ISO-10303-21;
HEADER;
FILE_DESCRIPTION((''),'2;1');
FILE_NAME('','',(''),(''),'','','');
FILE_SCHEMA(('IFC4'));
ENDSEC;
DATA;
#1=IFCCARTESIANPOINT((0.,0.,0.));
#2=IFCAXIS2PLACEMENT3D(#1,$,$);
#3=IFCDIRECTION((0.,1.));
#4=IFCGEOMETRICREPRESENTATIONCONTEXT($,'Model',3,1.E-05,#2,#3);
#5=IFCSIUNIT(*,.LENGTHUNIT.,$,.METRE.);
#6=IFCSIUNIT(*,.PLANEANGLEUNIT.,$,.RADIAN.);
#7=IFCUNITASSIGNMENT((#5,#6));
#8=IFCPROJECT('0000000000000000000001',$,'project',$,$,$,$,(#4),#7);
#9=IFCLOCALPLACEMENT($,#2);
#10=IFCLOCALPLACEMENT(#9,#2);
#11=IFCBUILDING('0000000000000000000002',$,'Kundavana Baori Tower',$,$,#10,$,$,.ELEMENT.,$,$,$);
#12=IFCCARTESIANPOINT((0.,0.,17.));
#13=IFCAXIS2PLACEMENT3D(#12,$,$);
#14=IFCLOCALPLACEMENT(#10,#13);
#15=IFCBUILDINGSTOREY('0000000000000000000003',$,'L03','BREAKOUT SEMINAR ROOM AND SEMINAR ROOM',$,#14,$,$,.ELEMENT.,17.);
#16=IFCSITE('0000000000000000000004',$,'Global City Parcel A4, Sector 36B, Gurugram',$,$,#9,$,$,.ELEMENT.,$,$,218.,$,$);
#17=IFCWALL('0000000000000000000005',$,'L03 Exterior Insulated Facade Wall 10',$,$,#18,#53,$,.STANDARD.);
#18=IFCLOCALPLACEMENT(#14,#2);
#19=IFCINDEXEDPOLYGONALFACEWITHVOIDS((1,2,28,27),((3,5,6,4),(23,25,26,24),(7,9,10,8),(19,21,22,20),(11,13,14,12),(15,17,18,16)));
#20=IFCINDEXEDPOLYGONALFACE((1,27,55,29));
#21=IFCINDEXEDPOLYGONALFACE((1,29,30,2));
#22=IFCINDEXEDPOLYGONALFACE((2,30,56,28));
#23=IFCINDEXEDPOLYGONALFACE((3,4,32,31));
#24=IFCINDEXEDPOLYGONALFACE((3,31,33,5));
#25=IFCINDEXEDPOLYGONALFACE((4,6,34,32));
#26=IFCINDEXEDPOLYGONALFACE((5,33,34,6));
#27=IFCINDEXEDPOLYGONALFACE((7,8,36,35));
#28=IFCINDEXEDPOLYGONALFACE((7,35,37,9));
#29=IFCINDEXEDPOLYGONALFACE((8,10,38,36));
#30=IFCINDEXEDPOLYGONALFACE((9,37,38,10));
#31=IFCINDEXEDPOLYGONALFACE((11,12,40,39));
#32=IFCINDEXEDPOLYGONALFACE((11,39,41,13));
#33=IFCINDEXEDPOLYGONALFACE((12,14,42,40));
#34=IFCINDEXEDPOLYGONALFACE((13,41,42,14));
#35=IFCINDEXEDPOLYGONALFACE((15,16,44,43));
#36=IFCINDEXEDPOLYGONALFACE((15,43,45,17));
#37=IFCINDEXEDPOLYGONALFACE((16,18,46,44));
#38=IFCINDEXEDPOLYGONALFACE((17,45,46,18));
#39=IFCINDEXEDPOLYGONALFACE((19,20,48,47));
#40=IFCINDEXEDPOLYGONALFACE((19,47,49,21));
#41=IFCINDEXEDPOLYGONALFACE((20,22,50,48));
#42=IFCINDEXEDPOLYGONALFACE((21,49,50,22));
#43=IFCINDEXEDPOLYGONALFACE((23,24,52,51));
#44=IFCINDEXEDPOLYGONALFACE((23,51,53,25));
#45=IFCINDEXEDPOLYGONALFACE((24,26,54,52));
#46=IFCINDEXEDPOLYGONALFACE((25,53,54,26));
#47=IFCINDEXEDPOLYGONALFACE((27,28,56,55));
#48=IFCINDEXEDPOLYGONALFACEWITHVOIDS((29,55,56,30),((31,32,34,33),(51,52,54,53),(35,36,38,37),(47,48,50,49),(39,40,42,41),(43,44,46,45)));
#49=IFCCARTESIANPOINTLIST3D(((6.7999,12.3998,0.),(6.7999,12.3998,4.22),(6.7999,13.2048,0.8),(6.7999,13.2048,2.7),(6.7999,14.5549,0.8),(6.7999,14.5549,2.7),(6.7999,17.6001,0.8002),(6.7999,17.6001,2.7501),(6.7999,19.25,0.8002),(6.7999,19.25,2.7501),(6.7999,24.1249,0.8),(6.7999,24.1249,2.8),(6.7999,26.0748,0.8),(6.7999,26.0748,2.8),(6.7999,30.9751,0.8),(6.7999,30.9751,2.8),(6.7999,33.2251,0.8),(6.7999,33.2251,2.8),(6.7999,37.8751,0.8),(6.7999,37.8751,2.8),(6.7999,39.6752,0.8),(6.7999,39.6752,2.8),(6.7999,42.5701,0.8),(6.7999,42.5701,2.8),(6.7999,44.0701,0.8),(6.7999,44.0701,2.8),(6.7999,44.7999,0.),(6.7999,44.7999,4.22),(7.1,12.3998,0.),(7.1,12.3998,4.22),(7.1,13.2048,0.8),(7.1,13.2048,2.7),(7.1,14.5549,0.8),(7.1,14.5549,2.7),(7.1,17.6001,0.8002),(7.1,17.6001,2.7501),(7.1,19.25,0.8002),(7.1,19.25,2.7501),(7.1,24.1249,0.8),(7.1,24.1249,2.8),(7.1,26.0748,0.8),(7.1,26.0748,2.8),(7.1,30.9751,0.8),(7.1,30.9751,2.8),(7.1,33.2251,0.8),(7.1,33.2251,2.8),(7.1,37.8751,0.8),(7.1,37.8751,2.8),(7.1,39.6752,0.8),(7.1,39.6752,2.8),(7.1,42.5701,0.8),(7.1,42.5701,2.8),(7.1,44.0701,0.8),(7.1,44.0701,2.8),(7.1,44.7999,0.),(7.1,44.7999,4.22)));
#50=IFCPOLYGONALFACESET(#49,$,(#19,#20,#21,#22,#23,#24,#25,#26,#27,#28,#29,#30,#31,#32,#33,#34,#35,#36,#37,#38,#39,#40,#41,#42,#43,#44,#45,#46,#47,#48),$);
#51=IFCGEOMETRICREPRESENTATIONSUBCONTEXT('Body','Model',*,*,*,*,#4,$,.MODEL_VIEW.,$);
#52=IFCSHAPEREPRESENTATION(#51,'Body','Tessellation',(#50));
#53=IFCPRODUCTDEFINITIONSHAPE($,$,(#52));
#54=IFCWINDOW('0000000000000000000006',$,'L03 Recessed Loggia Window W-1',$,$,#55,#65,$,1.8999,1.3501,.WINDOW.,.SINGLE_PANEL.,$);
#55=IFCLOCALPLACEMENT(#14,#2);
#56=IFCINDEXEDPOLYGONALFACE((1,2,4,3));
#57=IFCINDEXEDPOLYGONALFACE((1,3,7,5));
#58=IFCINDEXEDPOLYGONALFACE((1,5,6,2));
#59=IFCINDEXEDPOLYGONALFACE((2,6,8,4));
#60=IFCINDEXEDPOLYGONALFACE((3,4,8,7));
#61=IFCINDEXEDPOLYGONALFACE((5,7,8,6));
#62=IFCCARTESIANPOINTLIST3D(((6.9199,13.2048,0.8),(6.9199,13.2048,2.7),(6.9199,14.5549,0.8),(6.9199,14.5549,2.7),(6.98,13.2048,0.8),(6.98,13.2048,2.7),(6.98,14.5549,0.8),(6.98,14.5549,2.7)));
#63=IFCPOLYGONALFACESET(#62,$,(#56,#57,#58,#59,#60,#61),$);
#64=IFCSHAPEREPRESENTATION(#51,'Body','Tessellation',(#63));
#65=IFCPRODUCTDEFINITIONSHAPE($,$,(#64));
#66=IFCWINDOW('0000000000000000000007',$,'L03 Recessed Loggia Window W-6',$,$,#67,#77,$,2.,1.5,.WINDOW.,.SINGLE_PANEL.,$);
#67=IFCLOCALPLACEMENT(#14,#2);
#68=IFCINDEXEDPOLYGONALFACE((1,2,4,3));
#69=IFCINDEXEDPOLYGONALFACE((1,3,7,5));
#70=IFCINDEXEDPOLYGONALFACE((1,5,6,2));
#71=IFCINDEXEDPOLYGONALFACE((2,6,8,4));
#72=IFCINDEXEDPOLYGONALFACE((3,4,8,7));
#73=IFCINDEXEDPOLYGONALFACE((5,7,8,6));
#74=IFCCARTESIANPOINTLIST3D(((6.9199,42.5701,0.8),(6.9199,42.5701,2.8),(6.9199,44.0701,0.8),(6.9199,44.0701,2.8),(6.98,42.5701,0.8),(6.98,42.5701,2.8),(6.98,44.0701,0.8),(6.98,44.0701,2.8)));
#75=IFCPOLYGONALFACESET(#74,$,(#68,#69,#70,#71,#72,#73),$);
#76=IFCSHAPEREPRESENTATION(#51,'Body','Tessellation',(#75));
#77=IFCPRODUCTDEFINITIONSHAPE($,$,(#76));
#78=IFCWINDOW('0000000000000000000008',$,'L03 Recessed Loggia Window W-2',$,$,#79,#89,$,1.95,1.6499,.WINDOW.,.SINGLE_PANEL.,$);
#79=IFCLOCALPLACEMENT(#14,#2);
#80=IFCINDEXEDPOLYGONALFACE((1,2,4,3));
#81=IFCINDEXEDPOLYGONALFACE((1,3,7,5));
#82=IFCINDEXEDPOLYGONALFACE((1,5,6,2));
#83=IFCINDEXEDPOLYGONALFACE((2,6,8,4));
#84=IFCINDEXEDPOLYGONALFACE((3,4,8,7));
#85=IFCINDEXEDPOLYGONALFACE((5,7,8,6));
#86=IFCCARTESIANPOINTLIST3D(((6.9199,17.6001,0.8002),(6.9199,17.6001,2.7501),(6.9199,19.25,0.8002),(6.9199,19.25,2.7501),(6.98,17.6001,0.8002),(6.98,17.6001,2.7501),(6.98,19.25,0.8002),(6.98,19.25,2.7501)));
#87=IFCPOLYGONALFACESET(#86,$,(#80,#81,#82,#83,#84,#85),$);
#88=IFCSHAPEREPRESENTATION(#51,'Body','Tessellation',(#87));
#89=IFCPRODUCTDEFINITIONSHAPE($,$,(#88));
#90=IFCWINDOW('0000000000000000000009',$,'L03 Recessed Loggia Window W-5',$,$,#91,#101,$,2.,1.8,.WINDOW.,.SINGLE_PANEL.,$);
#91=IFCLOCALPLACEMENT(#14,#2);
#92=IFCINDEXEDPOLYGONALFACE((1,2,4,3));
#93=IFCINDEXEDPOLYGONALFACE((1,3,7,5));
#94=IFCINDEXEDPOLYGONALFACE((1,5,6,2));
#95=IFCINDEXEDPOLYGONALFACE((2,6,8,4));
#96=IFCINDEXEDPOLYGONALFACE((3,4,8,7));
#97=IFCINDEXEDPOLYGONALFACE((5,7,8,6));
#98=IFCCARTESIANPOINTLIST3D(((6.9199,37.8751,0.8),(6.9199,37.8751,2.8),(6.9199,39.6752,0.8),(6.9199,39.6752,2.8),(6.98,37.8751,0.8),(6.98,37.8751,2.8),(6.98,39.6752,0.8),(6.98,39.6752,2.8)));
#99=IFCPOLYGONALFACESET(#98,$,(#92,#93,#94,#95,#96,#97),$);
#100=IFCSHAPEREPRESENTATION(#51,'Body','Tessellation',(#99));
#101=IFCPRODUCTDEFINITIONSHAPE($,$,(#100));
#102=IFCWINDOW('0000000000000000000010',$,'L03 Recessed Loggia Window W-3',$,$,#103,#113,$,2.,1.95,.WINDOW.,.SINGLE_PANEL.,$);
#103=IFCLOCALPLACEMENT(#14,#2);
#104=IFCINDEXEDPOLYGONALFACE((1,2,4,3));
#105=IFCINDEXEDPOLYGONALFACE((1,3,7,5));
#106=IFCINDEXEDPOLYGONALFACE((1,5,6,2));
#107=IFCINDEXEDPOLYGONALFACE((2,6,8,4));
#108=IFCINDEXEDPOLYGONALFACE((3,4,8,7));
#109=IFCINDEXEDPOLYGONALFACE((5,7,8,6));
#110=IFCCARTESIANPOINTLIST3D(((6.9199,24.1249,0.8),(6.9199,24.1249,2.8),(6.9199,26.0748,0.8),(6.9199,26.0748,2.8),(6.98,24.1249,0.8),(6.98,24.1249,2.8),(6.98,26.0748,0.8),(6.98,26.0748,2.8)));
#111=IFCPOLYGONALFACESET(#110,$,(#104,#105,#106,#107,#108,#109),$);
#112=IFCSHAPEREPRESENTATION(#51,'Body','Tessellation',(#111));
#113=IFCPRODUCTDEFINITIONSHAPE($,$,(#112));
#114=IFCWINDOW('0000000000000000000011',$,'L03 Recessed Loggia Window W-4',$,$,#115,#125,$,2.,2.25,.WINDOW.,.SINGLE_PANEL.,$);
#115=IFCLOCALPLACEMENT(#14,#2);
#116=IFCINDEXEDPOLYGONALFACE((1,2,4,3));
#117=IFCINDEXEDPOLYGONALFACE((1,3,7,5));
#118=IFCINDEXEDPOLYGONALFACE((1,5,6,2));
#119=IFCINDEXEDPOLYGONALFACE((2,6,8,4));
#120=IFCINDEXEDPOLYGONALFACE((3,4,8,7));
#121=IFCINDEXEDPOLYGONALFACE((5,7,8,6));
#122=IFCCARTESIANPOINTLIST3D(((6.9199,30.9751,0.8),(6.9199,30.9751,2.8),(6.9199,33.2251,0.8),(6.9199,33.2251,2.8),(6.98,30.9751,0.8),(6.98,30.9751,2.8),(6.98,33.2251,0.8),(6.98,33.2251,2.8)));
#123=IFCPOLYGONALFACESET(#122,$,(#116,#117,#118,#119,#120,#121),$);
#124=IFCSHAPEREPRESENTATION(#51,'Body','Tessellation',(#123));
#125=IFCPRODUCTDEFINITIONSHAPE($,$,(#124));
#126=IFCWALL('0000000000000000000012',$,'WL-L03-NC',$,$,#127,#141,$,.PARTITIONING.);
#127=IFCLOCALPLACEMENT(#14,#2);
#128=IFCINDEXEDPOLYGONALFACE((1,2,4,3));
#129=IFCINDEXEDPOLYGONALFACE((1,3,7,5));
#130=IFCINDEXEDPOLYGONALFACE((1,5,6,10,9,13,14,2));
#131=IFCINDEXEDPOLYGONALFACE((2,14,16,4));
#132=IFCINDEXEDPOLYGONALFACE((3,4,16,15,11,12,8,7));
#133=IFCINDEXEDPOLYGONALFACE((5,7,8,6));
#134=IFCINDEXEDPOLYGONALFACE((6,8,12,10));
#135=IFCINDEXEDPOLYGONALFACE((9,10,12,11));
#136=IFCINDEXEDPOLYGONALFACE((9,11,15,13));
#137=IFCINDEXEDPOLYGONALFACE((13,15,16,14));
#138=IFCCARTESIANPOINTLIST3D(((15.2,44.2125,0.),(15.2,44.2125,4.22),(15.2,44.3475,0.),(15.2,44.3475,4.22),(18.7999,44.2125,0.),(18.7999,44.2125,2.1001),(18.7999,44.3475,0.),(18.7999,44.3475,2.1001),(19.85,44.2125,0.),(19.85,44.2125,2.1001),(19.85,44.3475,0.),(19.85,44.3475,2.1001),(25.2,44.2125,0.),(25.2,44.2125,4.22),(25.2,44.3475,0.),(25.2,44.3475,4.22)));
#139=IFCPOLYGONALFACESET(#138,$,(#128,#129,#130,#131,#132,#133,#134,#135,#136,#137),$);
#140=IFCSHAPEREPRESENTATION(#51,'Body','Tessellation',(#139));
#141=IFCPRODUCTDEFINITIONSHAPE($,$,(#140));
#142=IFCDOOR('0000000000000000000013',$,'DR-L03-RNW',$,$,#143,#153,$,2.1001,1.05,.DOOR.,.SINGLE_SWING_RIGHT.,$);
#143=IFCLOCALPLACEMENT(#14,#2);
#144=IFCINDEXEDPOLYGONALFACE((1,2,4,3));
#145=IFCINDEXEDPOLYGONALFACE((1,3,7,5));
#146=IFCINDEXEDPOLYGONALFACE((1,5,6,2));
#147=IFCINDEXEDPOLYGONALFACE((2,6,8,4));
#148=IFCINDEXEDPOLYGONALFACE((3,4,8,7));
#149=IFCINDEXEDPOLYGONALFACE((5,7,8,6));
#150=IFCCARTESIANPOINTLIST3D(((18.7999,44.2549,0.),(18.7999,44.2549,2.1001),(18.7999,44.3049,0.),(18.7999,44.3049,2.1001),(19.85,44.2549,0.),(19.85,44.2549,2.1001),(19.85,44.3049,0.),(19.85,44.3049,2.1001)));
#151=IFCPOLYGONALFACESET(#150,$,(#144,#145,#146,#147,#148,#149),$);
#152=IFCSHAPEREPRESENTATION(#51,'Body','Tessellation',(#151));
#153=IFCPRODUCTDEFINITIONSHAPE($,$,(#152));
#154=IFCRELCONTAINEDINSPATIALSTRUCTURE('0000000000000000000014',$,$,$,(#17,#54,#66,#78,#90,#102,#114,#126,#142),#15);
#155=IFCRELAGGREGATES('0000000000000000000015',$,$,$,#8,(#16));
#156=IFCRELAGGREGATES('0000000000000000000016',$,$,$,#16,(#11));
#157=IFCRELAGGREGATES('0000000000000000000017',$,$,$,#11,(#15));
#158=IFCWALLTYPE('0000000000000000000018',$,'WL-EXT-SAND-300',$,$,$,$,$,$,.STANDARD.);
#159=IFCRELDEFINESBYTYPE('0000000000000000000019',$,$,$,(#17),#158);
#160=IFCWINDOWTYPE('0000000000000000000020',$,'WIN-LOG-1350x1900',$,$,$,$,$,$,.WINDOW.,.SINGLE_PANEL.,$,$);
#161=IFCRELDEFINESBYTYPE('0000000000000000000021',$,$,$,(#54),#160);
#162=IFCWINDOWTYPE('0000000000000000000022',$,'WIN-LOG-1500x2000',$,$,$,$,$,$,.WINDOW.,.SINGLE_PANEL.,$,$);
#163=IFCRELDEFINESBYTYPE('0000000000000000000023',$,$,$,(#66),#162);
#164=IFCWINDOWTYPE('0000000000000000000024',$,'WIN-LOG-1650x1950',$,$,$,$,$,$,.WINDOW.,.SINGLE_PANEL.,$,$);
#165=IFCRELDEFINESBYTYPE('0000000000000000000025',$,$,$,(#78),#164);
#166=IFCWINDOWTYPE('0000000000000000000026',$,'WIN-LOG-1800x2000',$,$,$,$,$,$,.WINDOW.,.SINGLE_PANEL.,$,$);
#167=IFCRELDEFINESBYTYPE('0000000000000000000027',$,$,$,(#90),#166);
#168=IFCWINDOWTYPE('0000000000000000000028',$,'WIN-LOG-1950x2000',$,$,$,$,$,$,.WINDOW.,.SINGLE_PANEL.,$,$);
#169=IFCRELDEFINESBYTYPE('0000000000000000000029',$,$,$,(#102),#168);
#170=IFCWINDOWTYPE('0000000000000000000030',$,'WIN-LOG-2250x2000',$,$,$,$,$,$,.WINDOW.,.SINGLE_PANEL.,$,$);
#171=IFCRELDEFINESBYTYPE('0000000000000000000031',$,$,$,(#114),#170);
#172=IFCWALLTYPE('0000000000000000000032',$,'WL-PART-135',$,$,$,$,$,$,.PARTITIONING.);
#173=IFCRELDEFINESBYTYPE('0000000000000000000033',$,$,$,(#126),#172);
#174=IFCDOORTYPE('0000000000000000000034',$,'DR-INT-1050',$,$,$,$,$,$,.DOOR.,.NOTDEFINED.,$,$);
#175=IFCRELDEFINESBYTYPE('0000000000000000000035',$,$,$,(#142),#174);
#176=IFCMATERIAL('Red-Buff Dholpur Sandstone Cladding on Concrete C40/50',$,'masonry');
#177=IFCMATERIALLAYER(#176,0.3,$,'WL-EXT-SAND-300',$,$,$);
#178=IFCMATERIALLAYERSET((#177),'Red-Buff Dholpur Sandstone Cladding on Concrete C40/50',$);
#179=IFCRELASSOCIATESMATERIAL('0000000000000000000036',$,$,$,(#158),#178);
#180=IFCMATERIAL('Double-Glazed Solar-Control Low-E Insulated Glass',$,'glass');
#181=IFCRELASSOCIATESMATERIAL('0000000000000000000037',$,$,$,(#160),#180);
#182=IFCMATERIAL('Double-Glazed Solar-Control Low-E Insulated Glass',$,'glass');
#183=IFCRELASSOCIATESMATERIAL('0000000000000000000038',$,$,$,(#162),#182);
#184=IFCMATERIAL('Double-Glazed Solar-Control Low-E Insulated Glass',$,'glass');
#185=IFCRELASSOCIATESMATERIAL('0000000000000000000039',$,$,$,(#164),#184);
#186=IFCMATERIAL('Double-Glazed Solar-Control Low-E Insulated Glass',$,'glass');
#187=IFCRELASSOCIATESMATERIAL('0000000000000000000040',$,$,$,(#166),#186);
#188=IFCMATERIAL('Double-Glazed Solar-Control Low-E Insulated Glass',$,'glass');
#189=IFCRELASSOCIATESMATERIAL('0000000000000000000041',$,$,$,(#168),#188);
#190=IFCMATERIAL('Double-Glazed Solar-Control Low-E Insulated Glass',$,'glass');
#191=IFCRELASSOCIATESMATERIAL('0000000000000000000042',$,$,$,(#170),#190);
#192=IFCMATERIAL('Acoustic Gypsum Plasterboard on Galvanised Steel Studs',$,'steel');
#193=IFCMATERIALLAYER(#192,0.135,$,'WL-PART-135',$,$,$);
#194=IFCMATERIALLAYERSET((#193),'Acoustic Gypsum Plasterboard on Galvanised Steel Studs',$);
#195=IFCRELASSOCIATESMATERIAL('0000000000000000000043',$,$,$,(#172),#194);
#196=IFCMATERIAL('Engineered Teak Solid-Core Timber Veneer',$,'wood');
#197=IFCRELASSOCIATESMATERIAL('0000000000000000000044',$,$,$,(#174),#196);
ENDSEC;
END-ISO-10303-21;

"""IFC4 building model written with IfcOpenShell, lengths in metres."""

from ifc_helpers import new_model, si_unit, direction, frame, frame_2d, origin, place, context, subcontext, project, spatial, rectangle, extrude, material, layer, layer_set, type_object, element, fill, save


model = new_model("IFC4")

# Units and contexts
model_context = context("Model", 3, precision=1e-05, world=origin(), true_north=direction((0.0, 1.0)))
body_context = subcontext(model_context, "Body", "Model", "MODEL_VIEW")
ifc_project = project(units=[si_unit("LENGTHUNIT", "METRE"), si_unit("PLANEANGLEUNIT", "RADIAN")], contexts=[model_context])

# Site, building, storey
site_placement = place(None, origin())
site = spatial("IfcSite", under=ifc_project, at=site_placement, Name="Global City Parcel A4, Sector 36B, Gurugram", CompositionType="ELEMENT", RefElevation=218.0)
building_placement = place(site_placement, origin())
building = spatial("IfcBuilding", under=site, at=building_placement, Name="Kundavana Baori Tower", CompositionType="ELEMENT")
storey_placement = place(building_placement, frame((0.0, 0.0, 17.0)))
storey = spatial("IfcBuildingStorey", under=building, at=storey_placement, Name="L03", Description="BREAKOUT SEMINAR ROOM AND SEMINAR ROOM", CompositionType="ELEMENT", Elevation=17.0)

# Shared definitions
ifc_material_1 = material(Name="Red-Buff Dholpur Sandstone Cladding on Concrete C40/50", Category="masonry")
ifc_layer_1 = layer(ifc_material_1, 0.3, Name="WL-EXT-SAND-300")
ifc_layer_set_1 = layer_set([ifc_layer_1], Name="Red-Buff Dholpur Sandstone Cladding on Concrete C40/50")
wall_type_1 = type_object("IfcWallType", Name="WL-EXT-SAND-300", PredefinedType="STANDARD", material=ifc_layer_set_1)

# Wall, openings, windows
wall_1_placement = place(storey_placement, frame((6.95, 44.8, 0.0), z_axis=(0.0, 0.0, 1.0), x_axis=(0.0, -1.0, 0.0)))
wall_1 = element("IfcWall", 1, at=wall_1_placement, inside=storey, type_object=wall_type_1, Name="L03 Exterior Insulated Facade Wall 10", PredefinedType="STANDARD", context=body_context, shape_type="SweptSolid", body=[
    extrude(rectangle(XDim=32.4001, YDim=0.3, at=frame_2d((16.2002, 0.0))), origin(), (0.0, 0.0, 1.0), 4.22),
])
opening_1_placement = place(wall_1_placement, frame((30.2451, 0.0, 0.8)))
opening_1 = element("IfcOpeningElement", 2, at=opening_1_placement, cuts=wall_1, PredefinedType="OPENING", context=body_context, shape_type="SweptSolid", body=[
    extrude(rectangle(XDim=1.3501, YDim=1.8999, at=frame_2d((0.675, 0.95))), frame((0.0, 0.1602, 0.0), z_axis=(0.0, -1.0, 0.0), x_axis=(1.0, 0.0, 0.0)), (0.0, 0.0, 1.0), 0.3201),
])
opening_2_placement = place(wall_1_placement, frame((25.55, 0.0, 0.8)))
opening_2 = element("IfcOpeningElement", 3, at=opening_2_placement, cuts=wall_1, PredefinedType="OPENING", context=body_context, shape_type="SweptSolid", body=[
    extrude(rectangle(XDim=1.6499, YDim=1.95, at=frame_2d((0.825, 0.9751))), frame((0.0, 0.1602, 0.0), z_axis=(0.0, -1.0, 0.0), x_axis=(1.0, 0.0, 0.0)), (0.0, 0.0, 1.0), 0.3201),
])
opening_3_placement = place(wall_1_placement, frame((18.7251, 0.0, 0.8)))
opening_3 = element("IfcOpeningElement", 4, at=opening_3_placement, cuts=wall_1, PredefinedType="OPENING", context=body_context, shape_type="SweptSolid", body=[
    extrude(rectangle(XDim=1.95, YDim=2.0, at=frame_2d((0.9751, 1.0))), frame((0.0, 0.1602, 0.0), z_axis=(0.0, -1.0, 0.0), x_axis=(1.0, 0.0, 0.0)), (0.0, 0.0, 1.0), 0.3201),
])
opening_4_placement = place(wall_1_placement, frame((11.575, 0.0, 0.8)))
opening_4 = element("IfcOpeningElement", 5, at=opening_4_placement, cuts=wall_1, PredefinedType="OPENING", context=body_context, shape_type="SweptSolid", body=[
    extrude(rectangle(XDim=2.25, YDim=2.0, at=frame_2d((1.125, 1.0))), frame((0.0, 0.1602, 0.0), z_axis=(0.0, -1.0, 0.0), x_axis=(1.0, 0.0, 0.0)), (0.0, 0.0, 1.0), 0.3201),
])
opening_5_placement = place(wall_1_placement, frame((5.125, 0.0, 0.8)))
opening_5 = element("IfcOpeningElement", 6, at=opening_5_placement, cuts=wall_1, PredefinedType="OPENING", context=body_context, shape_type="SweptSolid", body=[
    extrude(rectangle(XDim=1.8, YDim=2.0, at=frame_2d((0.8999, 1.0))), frame((0.0, 0.1602, 0.0), z_axis=(0.0, -1.0, 0.0), x_axis=(1.0, 0.0, 0.0)), (0.0, 0.0, 1.0), 0.3201),
])
opening_6_placement = place(wall_1_placement, frame((0.73, 0.0, 0.8)))
opening_6 = element("IfcOpeningElement", 7, at=opening_6_placement, cuts=wall_1, PredefinedType="OPENING", context=body_context, shape_type="SweptSolid", body=[
    extrude(rectangle(XDim=1.5, YDim=2.0, at=frame_2d((0.75, 1.0))), frame((0.0, 0.1602, 0.0), z_axis=(0.0, -1.0, 0.0), x_axis=(1.0, 0.0, 0.0)), (0.0, 0.0, 1.0), 0.3201),
])
ifc_material_2 = material(Name="Double-Glazed Solar-Control Low-E Insulated Glass", Category="glass")
window_type_1 = type_object("IfcWindowType", Name="WIN-LOG-1350x1900", PartitioningType="SINGLE_PANEL", PredefinedType="WINDOW", material=ifc_material_2)
window_1_placement = place(opening_1_placement, origin())
window_1 = element("IfcWindow", 8, at=window_1_placement, inside=storey, type_object=window_type_1, Name="L03 Recessed Loggia Window W-1", OverallHeight=1.8999, OverallWidth=1.3501, PartitioningType="SINGLE_PANEL", PredefinedType="WINDOW", context=body_context, shape_type="SweptSolid", body=[
    extrude(rectangle(XDim=1.3501, YDim=1.8999, at=frame_2d((0.675, 0.95))), frame((0.0, 0.03, 0.0), z_axis=(0.0, -1.0, 0.0), x_axis=(1.0, 0.0, 0.0)), (0.0, 0.0, 1.0), 0.0601),
])
fill(opening_1, window_1)
ifc_material_3 = material(Name="Double-Glazed Solar-Control Low-E Insulated Glass", Category="glass")
window_type_2 = type_object("IfcWindowType", Name="WIN-LOG-1500x2000", PartitioningType="SINGLE_PANEL", PredefinedType="WINDOW", material=ifc_material_3)
window_2_placement = place(opening_6_placement, origin())
window_2 = element("IfcWindow", 9, at=window_2_placement, inside=storey, type_object=window_type_2, Name="L03 Recessed Loggia Window W-6", OverallHeight=2.0, OverallWidth=1.5, PartitioningType="SINGLE_PANEL", PredefinedType="WINDOW", context=body_context, shape_type="SweptSolid", body=[
    extrude(rectangle(XDim=1.5, YDim=2.0, at=frame_2d((0.75, 1.0))), frame((0.0, 0.03, 0.0), z_axis=(0.0, -1.0, 0.0), x_axis=(1.0, 0.0, 0.0)), (0.0, 0.0, 1.0), 0.0601),
])
fill(opening_6, window_2)
ifc_material_4 = material(Name="Double-Glazed Solar-Control Low-E Insulated Glass", Category="glass")
window_type_3 = type_object("IfcWindowType", Name="WIN-LOG-1650x1950", PartitioningType="SINGLE_PANEL", PredefinedType="WINDOW", material=ifc_material_4)
window_3_placement = place(opening_2_placement, origin())
window_3 = element("IfcWindow", 10, at=window_3_placement, inside=storey, type_object=window_type_3, Name="L03 Recessed Loggia Window W-2", OverallHeight=1.95, OverallWidth=1.6499, PartitioningType="SINGLE_PANEL", PredefinedType="WINDOW", context=body_context, shape_type="SweptSolid", body=[
    extrude(rectangle(XDim=1.6499, YDim=1.95, at=frame_2d((0.825, 0.9751))), frame((0.0, 0.03, 0.0), z_axis=(0.0, -1.0, 0.0), x_axis=(1.0, 0.0, 0.0)), (0.0, 0.0, 1.0), 0.0601),
])
fill(opening_2, window_3)
ifc_material_5 = material(Name="Double-Glazed Solar-Control Low-E Insulated Glass", Category="glass")
window_type_4 = type_object("IfcWindowType", Name="WIN-LOG-1800x2000", PartitioningType="SINGLE_PANEL", PredefinedType="WINDOW", material=ifc_material_5)
window_4_placement = place(opening_5_placement, origin())
window_4 = element("IfcWindow", 11, at=window_4_placement, inside=storey, type_object=window_type_4, Name="L03 Recessed Loggia Window W-5", OverallHeight=2.0, OverallWidth=1.8, PartitioningType="SINGLE_PANEL", PredefinedType="WINDOW", context=body_context, shape_type="SweptSolid", body=[
    extrude(rectangle(XDim=1.8, YDim=2.0, at=frame_2d((0.8999, 1.0))), frame((0.0, 0.03, 0.0), z_axis=(0.0, -1.0, 0.0), x_axis=(1.0, 0.0, 0.0)), (0.0, 0.0, 1.0), 0.0601),
])
fill(opening_5, window_4)
ifc_material_6 = material(Name="Double-Glazed Solar-Control Low-E Insulated Glass", Category="glass")
window_type_5 = type_object("IfcWindowType", Name="WIN-LOG-1950x2000", PartitioningType="SINGLE_PANEL", PredefinedType="WINDOW", material=ifc_material_6)
window_5_placement = place(opening_3_placement, origin())
window_5 = element("IfcWindow", 12, at=window_5_placement, inside=storey, type_object=window_type_5, Name="L03 Recessed Loggia Window W-3", OverallHeight=2.0, OverallWidth=1.95, PartitioningType="SINGLE_PANEL", PredefinedType="WINDOW", context=body_context, shape_type="SweptSolid", body=[
    extrude(rectangle(XDim=1.95, YDim=2.0, at=frame_2d((0.9751, 1.0))), frame((0.0, 0.03, 0.0), z_axis=(0.0, -1.0, 0.0), x_axis=(1.0, 0.0, 0.0)), (0.0, 0.0, 1.0), 0.0601),
])
fill(opening_3, window_5)
ifc_material_7 = material(Name="Double-Glazed Solar-Control Low-E Insulated Glass", Category="glass")
window_type_6 = type_object("IfcWindowType", Name="WIN-LOG-2250x2000", PartitioningType="SINGLE_PANEL", PredefinedType="WINDOW", material=ifc_material_7)
window_6_placement = place(opening_4_placement, origin())
window_6 = element("IfcWindow", 13, at=window_6_placement, inside=storey, type_object=window_type_6, Name="L03 Recessed Loggia Window W-4", OverallHeight=2.0, OverallWidth=2.25, PartitioningType="SINGLE_PANEL", PredefinedType="WINDOW", context=body_context, shape_type="SweptSolid", body=[
    extrude(rectangle(XDim=2.25, YDim=2.0, at=frame_2d((1.125, 1.0))), frame((0.0, 0.03, 0.0), z_axis=(0.0, -1.0, 0.0), x_axis=(1.0, 0.0, 0.0)), (0.0, 0.0, 1.0), 0.0601),
])
fill(opening_4, window_6)

# Wall, opening, door
ifc_material_8 = material(Name="Acoustic Gypsum Plasterboard on Galvanised Steel Studs", Category="steel")
ifc_layer_2 = layer(ifc_material_8, 0.135, Name="WL-PART-135")
ifc_layer_set_2 = layer_set([ifc_layer_2], Name="Acoustic Gypsum Plasterboard on Galvanised Steel Studs")
wall_type_2 = type_object("IfcWallType", Name="WL-PART-135", PredefinedType="PARTITIONING", material=ifc_layer_set_2)
wall_2_placement = place(storey_placement, frame((15.2, 44.28, 0.0), z_axis=(0.0, 0.0, 1.0), x_axis=(1.0, 0.0, 0.0)))
wall_2 = element("IfcWall", 14, at=wall_2_placement, inside=storey, type_object=wall_type_2, Name="WL-L03-NC", PredefinedType="PARTITIONING", context=body_context, shape_type="SweptSolid", body=[
    extrude(rectangle(XDim=10.0, YDim=0.135, at=frame_2d((5.0, 0.0))), origin(), (0.0, 0.0, 1.0), 4.22),
])
opening_7_placement = place(wall_2_placement, frame((3.6001, 0.0, 0.0)))
opening_7 = element("IfcOpeningElement", 15, at=opening_7_placement, cuts=wall_2, PredefinedType="OPENING", context=body_context, shape_type="SweptSolid", body=[
    extrude(rectangle(XDim=1.05, YDim=2.1001, at=frame_2d((0.5249, 1.05))), frame((0.0, 0.0776, 0.0), z_axis=(0.0, -1.0, 0.0), x_axis=(1.0, 0.0, 0.0)), (0.0, 0.0, 1.0), 0.155),
])
ifc_material_9 = material(Name="Engineered Teak Solid-Core Timber Veneer", Category="wood")
door_type = type_object("IfcDoorType", Name="DR-INT-1050", OperationType="NOTDEFINED", PredefinedType="DOOR", material=ifc_material_9)
door_placement = place(opening_7_placement, origin())
door = element("IfcDoor", 16, at=door_placement, inside=storey, type_object=door_type, Name="DR-L03-RNW", OperationType="SINGLE_SWING_RIGHT", OverallHeight=2.1001, OverallWidth=1.05, PredefinedType="DOOR", context=body_context, shape_type="SweptSolid", body=[
    extrude(rectangle(XDim=1.05, YDim=2.1001, at=frame_2d((0.5249, 1.05))), frame((0.0, 0.0249, 0.0), z_axis=(0.0, -1.0, 0.0), x_axis=(1.0, 0.0, 0.0)), (0.0, 0.0, 1.0), 0.05),
])
fill(opening_7, door)

save(model, "model.ifc")
